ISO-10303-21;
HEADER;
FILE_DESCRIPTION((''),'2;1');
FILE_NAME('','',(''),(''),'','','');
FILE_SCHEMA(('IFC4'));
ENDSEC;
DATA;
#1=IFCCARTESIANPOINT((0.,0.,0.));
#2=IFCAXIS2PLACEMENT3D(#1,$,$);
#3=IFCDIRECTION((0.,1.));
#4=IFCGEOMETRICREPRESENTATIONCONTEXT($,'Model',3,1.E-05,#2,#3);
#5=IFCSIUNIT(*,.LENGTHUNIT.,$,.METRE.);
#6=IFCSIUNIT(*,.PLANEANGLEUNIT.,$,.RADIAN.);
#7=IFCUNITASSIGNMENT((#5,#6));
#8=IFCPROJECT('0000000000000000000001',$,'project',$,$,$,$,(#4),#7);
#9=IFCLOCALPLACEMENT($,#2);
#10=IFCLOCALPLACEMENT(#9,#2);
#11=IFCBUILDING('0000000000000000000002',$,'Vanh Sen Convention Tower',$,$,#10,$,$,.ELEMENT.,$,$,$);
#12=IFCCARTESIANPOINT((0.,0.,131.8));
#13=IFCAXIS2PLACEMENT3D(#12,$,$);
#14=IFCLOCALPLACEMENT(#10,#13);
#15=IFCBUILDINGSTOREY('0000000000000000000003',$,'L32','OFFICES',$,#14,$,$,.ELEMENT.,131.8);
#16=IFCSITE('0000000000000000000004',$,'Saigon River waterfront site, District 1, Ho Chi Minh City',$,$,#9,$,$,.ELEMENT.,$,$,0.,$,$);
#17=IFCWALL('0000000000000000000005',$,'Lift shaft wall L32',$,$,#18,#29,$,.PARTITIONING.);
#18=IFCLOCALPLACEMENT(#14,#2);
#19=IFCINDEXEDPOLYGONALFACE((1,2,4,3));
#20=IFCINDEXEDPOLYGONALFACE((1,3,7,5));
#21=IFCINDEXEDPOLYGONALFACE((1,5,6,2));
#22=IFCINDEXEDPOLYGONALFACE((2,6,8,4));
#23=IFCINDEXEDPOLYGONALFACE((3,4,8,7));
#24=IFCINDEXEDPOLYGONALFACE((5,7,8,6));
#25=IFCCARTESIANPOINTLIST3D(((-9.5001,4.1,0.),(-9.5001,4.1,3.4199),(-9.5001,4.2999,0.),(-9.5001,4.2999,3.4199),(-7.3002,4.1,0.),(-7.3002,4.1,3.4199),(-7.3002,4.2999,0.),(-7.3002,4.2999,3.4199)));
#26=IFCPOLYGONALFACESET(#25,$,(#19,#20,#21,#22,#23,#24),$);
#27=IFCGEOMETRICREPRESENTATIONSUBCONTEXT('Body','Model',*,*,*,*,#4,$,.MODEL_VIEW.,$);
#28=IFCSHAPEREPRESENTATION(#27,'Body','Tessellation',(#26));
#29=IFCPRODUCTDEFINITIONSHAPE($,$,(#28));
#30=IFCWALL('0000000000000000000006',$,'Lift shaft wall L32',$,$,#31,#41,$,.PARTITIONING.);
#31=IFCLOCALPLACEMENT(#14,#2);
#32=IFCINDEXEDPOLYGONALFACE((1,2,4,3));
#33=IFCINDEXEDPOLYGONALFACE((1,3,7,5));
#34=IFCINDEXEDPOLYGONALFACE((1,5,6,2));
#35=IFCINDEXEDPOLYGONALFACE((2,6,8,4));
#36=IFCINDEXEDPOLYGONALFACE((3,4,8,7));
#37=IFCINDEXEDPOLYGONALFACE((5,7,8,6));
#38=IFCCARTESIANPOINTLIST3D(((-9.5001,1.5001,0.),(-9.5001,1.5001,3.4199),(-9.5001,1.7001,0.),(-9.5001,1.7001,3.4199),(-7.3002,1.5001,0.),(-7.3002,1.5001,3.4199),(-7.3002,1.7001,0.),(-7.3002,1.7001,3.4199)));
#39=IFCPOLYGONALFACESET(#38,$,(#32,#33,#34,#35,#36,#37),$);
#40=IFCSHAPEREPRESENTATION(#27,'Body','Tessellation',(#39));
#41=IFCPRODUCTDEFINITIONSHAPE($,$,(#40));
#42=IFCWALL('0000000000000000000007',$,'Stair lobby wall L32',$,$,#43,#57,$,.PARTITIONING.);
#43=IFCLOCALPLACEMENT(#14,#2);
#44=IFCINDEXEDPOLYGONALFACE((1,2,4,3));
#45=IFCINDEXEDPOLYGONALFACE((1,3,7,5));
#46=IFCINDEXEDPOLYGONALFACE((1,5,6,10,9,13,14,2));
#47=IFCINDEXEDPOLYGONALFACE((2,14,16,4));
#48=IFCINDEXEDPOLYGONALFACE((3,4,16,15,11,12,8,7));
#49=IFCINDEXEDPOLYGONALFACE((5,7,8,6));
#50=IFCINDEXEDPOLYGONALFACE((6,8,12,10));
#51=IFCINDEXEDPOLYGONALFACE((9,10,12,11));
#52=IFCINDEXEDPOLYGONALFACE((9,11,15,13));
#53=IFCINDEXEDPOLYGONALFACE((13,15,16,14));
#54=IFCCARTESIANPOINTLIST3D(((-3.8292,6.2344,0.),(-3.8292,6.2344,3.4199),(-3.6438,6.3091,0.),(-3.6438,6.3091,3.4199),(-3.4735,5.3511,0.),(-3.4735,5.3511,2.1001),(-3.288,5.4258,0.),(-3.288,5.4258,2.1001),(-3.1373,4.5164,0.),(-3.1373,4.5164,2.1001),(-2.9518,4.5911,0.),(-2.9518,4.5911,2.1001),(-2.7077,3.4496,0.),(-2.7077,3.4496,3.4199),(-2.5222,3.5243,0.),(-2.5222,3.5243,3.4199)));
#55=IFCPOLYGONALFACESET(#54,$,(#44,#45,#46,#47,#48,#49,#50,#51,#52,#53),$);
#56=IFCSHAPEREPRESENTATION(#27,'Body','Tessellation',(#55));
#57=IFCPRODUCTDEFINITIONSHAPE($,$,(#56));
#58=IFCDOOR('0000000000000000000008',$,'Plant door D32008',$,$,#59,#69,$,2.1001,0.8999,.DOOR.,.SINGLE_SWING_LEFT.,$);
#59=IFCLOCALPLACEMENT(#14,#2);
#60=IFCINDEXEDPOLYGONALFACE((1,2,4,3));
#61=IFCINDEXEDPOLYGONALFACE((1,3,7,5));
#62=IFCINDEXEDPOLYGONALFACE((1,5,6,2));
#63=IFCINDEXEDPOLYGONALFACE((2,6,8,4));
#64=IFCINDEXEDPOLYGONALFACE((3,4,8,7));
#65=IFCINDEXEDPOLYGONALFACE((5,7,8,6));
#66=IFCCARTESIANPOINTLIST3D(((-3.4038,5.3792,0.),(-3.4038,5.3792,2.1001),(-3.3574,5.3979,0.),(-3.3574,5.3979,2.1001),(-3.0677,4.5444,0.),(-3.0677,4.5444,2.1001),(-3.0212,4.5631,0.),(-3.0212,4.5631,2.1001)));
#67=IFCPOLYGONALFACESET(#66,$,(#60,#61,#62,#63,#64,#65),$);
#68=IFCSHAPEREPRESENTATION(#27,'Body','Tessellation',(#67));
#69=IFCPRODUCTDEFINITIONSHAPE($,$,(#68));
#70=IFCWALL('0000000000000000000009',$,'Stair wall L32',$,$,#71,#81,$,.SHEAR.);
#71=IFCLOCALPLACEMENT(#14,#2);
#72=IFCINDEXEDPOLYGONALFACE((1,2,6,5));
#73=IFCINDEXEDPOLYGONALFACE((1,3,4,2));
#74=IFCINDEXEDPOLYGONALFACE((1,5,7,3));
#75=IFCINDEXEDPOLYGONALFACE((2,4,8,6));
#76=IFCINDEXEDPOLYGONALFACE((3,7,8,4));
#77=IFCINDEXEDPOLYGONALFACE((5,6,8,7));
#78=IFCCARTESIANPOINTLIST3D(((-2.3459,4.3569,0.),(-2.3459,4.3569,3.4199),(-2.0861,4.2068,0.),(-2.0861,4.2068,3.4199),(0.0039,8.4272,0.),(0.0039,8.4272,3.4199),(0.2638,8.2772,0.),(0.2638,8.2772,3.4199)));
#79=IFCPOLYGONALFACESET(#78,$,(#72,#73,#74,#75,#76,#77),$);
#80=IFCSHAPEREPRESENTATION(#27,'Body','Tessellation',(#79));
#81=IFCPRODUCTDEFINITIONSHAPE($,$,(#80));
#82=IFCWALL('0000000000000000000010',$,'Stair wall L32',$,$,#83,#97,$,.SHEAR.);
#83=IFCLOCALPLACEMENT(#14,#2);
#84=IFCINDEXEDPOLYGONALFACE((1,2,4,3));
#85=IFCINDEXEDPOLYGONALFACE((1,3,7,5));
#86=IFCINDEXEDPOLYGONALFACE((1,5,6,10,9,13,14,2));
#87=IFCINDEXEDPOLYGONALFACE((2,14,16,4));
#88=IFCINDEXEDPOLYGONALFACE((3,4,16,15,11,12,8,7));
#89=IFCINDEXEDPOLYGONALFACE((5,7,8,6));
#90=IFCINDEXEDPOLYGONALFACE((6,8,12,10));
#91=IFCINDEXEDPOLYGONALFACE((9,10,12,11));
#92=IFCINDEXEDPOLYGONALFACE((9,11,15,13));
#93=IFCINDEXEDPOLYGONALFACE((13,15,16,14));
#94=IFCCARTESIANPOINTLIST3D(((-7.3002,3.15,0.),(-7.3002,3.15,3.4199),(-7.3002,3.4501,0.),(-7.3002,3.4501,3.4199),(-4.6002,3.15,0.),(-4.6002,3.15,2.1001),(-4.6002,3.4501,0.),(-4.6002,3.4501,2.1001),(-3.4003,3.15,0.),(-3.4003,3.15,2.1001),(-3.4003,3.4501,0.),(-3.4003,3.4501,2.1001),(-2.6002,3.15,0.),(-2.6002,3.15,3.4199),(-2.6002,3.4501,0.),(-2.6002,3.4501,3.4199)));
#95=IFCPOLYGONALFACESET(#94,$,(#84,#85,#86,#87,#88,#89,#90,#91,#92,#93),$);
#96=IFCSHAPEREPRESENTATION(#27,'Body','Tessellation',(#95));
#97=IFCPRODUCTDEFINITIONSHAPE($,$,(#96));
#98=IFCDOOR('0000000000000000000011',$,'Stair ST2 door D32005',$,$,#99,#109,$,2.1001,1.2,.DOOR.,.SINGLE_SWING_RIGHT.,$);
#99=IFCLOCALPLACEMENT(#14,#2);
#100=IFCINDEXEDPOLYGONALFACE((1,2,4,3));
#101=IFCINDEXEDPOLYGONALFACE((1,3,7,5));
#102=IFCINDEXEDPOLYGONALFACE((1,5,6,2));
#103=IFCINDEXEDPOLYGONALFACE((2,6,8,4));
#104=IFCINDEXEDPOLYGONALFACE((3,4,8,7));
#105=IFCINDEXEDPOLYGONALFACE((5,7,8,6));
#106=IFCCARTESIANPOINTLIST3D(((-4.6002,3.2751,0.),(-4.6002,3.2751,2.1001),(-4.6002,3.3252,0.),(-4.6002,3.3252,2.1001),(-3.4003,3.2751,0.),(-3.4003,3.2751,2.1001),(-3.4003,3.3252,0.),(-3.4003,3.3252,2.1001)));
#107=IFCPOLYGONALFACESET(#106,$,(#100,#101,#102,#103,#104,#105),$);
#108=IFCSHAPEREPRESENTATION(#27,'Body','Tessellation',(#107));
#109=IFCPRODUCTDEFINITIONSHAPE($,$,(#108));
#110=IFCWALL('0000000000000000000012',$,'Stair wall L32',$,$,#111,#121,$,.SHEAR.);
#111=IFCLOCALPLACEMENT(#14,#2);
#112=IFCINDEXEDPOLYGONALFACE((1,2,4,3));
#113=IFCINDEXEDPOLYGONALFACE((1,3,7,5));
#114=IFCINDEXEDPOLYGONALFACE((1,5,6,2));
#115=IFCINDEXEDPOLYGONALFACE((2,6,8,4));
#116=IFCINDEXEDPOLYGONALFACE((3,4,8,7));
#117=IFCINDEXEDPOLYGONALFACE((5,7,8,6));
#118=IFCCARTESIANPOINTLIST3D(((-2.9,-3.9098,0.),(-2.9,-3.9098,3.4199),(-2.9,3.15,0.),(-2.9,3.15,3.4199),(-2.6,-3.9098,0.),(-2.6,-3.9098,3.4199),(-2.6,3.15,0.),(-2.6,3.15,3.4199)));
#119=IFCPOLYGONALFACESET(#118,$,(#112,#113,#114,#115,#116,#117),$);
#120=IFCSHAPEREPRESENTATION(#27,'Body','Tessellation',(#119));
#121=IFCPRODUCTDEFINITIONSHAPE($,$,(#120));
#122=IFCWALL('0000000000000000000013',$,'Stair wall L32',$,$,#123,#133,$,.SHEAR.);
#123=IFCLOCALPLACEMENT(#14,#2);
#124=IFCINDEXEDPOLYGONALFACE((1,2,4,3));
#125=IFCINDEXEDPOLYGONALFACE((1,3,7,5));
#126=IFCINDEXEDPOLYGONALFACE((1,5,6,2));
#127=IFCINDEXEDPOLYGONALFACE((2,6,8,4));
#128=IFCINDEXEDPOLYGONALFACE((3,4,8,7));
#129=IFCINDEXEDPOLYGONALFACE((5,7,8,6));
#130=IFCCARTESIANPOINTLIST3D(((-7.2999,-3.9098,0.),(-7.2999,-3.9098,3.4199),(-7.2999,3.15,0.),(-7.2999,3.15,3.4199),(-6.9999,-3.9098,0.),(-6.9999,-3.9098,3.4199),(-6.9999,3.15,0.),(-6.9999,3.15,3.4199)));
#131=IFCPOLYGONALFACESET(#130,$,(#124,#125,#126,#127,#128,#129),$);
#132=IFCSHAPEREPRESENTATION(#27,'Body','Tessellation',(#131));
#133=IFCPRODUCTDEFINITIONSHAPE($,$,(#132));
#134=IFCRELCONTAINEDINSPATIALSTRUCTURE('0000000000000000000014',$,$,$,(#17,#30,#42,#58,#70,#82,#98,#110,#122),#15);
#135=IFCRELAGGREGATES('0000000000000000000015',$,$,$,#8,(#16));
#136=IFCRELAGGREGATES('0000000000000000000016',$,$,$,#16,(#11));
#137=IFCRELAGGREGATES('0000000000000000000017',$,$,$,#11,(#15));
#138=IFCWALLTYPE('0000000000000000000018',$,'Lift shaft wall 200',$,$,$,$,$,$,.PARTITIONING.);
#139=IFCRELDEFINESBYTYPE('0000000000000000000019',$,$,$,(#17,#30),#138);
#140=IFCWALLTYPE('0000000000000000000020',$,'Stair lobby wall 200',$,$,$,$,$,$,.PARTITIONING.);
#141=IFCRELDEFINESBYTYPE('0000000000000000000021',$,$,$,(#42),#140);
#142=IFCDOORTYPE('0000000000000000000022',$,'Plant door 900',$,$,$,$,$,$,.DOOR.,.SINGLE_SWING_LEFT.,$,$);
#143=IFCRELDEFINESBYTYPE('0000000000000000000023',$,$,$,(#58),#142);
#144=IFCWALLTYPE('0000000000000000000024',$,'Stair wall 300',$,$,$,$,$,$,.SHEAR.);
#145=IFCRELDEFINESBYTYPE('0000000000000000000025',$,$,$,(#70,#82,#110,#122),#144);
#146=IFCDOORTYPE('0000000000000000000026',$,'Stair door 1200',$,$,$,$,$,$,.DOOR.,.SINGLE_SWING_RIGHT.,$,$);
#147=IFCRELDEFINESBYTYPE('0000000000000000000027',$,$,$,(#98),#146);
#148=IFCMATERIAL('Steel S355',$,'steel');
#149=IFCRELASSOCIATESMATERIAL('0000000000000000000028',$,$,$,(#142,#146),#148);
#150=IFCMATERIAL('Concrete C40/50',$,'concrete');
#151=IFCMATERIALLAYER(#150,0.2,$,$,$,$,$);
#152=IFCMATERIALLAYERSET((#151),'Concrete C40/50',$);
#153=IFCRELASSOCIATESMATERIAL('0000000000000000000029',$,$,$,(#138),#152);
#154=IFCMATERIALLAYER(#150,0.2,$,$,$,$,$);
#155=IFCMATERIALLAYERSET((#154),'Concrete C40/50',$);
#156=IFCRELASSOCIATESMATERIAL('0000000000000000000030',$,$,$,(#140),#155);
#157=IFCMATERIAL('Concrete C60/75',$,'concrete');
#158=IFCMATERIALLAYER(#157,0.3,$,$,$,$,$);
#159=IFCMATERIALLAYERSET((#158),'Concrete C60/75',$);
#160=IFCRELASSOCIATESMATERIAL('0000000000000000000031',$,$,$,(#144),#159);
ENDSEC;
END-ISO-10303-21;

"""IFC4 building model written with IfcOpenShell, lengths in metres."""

from ifc_helpers import new_model, si_unit, direction, frame, frame_2d, origin, place, context, subcontext, project, spatial, rectangle, extrude, material, layer, layer_set, type_object, element, fill, save


model = new_model("IFC4")

# Units and contexts
model_context = context("Model", 3, precision=1e-05, world=origin(), true_north=direction((0.0, 1.0)))
body_context = subcontext(model_context, "Body", "Model", "MODEL_VIEW")
ifc_project = project(units=[si_unit("LENGTHUNIT", "METRE"), si_unit("PLANEANGLEUNIT", "RADIAN")], contexts=[model_context])

# Site, building, storey
site_placement = place(None, origin())
site = spatial("IfcSite", under=ifc_project, at=site_placement, Name="Saigon River waterfront site, District 1, Ho Chi Minh City", CompositionType="ELEMENT", RefElevation=0.0)
building_placement = place(site_placement, origin())
building = spatial("IfcBuilding", under=site, at=building_placement, Name="Vanh Sen Convention Tower", CompositionType="ELEMENT")
storey_placement = place(building_placement, frame((0.0, 0.0, 131.8)))
storey = spatial("IfcBuildingStorey", under=building, at=storey_placement, Name="L32", Description="OFFICES", CompositionType="ELEMENT", Elevation=131.8)

# Shared definitions
ifc_material_1 = material(Name="Steel S355", Category="steel")
door_type_1 = type_object("IfcDoorType", Name="Plant door 900", OperationType="SINGLE_SWING_LEFT", PredefinedType="DOOR", material=ifc_material_1)

# Shared definitions
ifc_material_2 = material(Name="Concrete C60/75", Category="concrete")

# Walls
ifc_material_3 = material(Name="Concrete C40/50", Category="concrete")
ifc_layer_1 = layer(ifc_material_3, 0.2)
ifc_layer_set_1 = layer_set([ifc_layer_1], Name="Concrete C40/50")
wall_type_1 = type_object("IfcWallType", Name="Lift shaft wall 200", PredefinedType="PARTITIONING", material=ifc_layer_set_1)
for number, where, z_axis, x_axis, name in (
    (1, (-7.3, 4.2, 0.0), (0.0, 0.0, 1.0), (-1.0, 0.0, 0.0), "Lift shaft wall L32"),
    (2, (-7.3, 1.6001, 0.0), (0.0, 0.0, 1.0), (-1.0, 0.0, 0.0), "Lift shaft wall L32"),
):
    element("IfcWall", number, at=place(storey_placement, frame(where, z_axis=z_axis, x_axis=x_axis)), inside=storey, type_object=wall_type_1, Name=name, PredefinedType="PARTITIONING", context=body_context, shape_type="SweptSolid", body=[
        extrude(rectangle(XDim=2.2, YDim=0.2, at=frame_2d((1.1001, 0.0))), origin(), (0.0, 0.0, 1.0), 3.4199),
    ])

# Wall, opening, door
ifc_layer_2 = layer(ifc_material_3, 0.2)
ifc_layer_set_2 = layer_set([ifc_layer_2], Name="Concrete C40/50")
wall_type_2 = type_object("IfcWallType", Name="Stair lobby wall 200", PredefinedType="PARTITIONING", material=ifc_layer_set_2)
wall_1_placement = place(storey_placement, frame((-2.615, 3.4871, 0.0), z_axis=(0.0, 0.0, 1.0), x_axis=(-0.373577, 0.927599, 0.0)))
wall_1 = element("IfcWall", 3, at=wall_1_placement, inside=storey, type_object=wall_type_2, Name="Stair lobby wall L32", PredefinedType="PARTITIONING", context=body_context, shape_type="SweptSolid", body=[
    extrude(rectangle(XDim=3.0022, YDim=0.2, at=frame_2d((1.501, 0.0))), origin(), (0.0, 0.0, 1.0), 3.4199),
])
opening_1_placement = place(wall_1_placement, frame((1.1499, 0.0, 0.0)))
opening_1 = element("IfcOpeningElement", 4, at=opening_1_placement, cuts=wall_1, PredefinedType="OPENING", context=body_context, shape_type="SweptSolid", body=[
    extrude(rectangle(XDim=0.8999, YDim=2.1001, at=frame_2d((0.45, 1.05))), frame((0.0, 0.1099, 0.0), z_axis=(0.0, -1.0, 0.0), x_axis=(1.0, 0.0, 0.0)), (0.0, 0.0, 1.0), 0.22),
])
door_1_placement = place(opening_1_placement, origin())
door_1 = element("IfcDoor", 5, at=door_1_placement, inside=storey, type_object=door_type_1, Name="Plant door D32008", OperationType="SINGLE_SWING_LEFT", OverallHeight=2.1001, OverallWidth=0.8999, PredefinedType="DOOR", context=body_context, shape_type="SweptSolid", body=[
    extrude(rectangle(XDim=0.8999, YDim=2.1001, at=frame_2d((0.45, 1.05))), frame((0.0, 0.0249, 0.0), z_axis=(0.0, -1.0, 0.0), x_axis=(1.0, 0.0, 0.0)), (0.0, 0.0, 1.0), 0.05),
])
fill(opening_1, door_1)

# Wall
ifc_layer_3 = layer(ifc_material_2, 0.3)
ifc_layer_set_3 = layer_set([ifc_layer_3], Name="Concrete C60/75")
wall_type_3 = type_object("IfcWallType", Name="Stair wall 300", PredefinedType="SHEAR", material=ifc_layer_set_3)
wall_2_placement = place(storey_placement, frame((-2.2161, 4.2817, 0.0), z_axis=(0.0, 0.0, 1.0), x_axis=(0.499977, 0.866039, 0.0)))
element("IfcWall", 6, at=wall_2_placement, inside=storey, type_object=wall_type_3, Name="Stair wall L32", PredefinedType="SHEAR", context=body_context, shape_type="SweptSolid", body=[
    extrude(rectangle(XDim=4.7, YDim=0.3, at=frame_2d((2.3501, 0.0))), origin(), (0.0, 0.0, 1.0), 3.4199),
])

# Wall, opening, door
wall_3_placement = place(storey_placement, frame((-2.6001, 3.3, 0.0), z_axis=(0.0, 0.0, 1.0), x_axis=(-1.0, 0.0, 0.0)))
wall_3 = element("IfcWall", 7, at=wall_3_placement, inside=storey, type_object=wall_type_3, Name="Stair wall L32", PredefinedType="SHEAR", context=body_context, shape_type="SweptSolid", body=[
    extrude(rectangle(XDim=4.7, YDim=0.3, at=frame_2d((2.3501, 0.0))), origin(), (0.0, 0.0, 1.0), 3.4199),
])
opening_2_placement = place(wall_3_placement, frame((0.8, 0.0, 0.0)))
opening_2 = element("IfcOpeningElement", 8, at=opening_2_placement, cuts=wall_3, PredefinedType="OPENING", context=body_context, shape_type="SweptSolid", body=[
    extrude(rectangle(XDim=1.2, YDim=2.1001, at=frame_2d((0.6001, 1.05))), frame((0.0, 0.1599, 0.0), z_axis=(0.0, -1.0, 0.0), x_axis=(1.0, 0.0, 0.0)), (0.0, 0.0, 1.0), 0.3201),
])
door_type_2 = type_object("IfcDoorType", Name="Stair door 1200", OperationType="SINGLE_SWING_RIGHT", PredefinedType="DOOR", material=ifc_material_1)
door_2_placement = place(opening_2_placement, origin())
door_2 = element("IfcDoor", 9, at=door_2_placement, inside=storey, type_object=door_type_2, Name="Stair ST2 door D32005", OperationType="SINGLE_SWING_RIGHT", OverallHeight=2.1001, OverallWidth=1.2, PredefinedType="DOOR", context=body_context, shape_type="SweptSolid", body=[
    extrude(rectangle(XDim=1.2, YDim=2.1001, at=frame_2d((0.6001, 1.05))), frame((0.0, 0.0249, 0.0), z_axis=(0.0, -1.0, 0.0), x_axis=(1.0, 0.0, 0.0)), (0.0, 0.0, 1.0), 0.05),
])
fill(opening_2, door_2)

# Walls
for number, where, z_axis, x_axis, name in (
    (10, (-2.75, 3.1499, 0.0), (0.0, 0.0, 1.0), (0.0, -1.0, 0.0), "Stair wall L32"),
    (11, (-7.1499, 3.1499, 0.0), (0.0, 0.0, 1.0), (0.0, -1.0, 0.0), "Stair wall L32"),
):
    element("IfcWall", number, at=place(storey_placement, frame(where, z_axis=z_axis, x_axis=x_axis)), inside=storey, type_object=wall_type_3, Name=name, PredefinedType="SHEAR", context=body_context, shape_type="SweptSolid", body=[
        extrude(rectangle(XDim=7.0598, YDim=0.3, at=frame_2d((3.5298, 0.0))), origin(), (0.0, 0.0, 1.0), 3.4199),
    ])

save(model, "model.ifc")
